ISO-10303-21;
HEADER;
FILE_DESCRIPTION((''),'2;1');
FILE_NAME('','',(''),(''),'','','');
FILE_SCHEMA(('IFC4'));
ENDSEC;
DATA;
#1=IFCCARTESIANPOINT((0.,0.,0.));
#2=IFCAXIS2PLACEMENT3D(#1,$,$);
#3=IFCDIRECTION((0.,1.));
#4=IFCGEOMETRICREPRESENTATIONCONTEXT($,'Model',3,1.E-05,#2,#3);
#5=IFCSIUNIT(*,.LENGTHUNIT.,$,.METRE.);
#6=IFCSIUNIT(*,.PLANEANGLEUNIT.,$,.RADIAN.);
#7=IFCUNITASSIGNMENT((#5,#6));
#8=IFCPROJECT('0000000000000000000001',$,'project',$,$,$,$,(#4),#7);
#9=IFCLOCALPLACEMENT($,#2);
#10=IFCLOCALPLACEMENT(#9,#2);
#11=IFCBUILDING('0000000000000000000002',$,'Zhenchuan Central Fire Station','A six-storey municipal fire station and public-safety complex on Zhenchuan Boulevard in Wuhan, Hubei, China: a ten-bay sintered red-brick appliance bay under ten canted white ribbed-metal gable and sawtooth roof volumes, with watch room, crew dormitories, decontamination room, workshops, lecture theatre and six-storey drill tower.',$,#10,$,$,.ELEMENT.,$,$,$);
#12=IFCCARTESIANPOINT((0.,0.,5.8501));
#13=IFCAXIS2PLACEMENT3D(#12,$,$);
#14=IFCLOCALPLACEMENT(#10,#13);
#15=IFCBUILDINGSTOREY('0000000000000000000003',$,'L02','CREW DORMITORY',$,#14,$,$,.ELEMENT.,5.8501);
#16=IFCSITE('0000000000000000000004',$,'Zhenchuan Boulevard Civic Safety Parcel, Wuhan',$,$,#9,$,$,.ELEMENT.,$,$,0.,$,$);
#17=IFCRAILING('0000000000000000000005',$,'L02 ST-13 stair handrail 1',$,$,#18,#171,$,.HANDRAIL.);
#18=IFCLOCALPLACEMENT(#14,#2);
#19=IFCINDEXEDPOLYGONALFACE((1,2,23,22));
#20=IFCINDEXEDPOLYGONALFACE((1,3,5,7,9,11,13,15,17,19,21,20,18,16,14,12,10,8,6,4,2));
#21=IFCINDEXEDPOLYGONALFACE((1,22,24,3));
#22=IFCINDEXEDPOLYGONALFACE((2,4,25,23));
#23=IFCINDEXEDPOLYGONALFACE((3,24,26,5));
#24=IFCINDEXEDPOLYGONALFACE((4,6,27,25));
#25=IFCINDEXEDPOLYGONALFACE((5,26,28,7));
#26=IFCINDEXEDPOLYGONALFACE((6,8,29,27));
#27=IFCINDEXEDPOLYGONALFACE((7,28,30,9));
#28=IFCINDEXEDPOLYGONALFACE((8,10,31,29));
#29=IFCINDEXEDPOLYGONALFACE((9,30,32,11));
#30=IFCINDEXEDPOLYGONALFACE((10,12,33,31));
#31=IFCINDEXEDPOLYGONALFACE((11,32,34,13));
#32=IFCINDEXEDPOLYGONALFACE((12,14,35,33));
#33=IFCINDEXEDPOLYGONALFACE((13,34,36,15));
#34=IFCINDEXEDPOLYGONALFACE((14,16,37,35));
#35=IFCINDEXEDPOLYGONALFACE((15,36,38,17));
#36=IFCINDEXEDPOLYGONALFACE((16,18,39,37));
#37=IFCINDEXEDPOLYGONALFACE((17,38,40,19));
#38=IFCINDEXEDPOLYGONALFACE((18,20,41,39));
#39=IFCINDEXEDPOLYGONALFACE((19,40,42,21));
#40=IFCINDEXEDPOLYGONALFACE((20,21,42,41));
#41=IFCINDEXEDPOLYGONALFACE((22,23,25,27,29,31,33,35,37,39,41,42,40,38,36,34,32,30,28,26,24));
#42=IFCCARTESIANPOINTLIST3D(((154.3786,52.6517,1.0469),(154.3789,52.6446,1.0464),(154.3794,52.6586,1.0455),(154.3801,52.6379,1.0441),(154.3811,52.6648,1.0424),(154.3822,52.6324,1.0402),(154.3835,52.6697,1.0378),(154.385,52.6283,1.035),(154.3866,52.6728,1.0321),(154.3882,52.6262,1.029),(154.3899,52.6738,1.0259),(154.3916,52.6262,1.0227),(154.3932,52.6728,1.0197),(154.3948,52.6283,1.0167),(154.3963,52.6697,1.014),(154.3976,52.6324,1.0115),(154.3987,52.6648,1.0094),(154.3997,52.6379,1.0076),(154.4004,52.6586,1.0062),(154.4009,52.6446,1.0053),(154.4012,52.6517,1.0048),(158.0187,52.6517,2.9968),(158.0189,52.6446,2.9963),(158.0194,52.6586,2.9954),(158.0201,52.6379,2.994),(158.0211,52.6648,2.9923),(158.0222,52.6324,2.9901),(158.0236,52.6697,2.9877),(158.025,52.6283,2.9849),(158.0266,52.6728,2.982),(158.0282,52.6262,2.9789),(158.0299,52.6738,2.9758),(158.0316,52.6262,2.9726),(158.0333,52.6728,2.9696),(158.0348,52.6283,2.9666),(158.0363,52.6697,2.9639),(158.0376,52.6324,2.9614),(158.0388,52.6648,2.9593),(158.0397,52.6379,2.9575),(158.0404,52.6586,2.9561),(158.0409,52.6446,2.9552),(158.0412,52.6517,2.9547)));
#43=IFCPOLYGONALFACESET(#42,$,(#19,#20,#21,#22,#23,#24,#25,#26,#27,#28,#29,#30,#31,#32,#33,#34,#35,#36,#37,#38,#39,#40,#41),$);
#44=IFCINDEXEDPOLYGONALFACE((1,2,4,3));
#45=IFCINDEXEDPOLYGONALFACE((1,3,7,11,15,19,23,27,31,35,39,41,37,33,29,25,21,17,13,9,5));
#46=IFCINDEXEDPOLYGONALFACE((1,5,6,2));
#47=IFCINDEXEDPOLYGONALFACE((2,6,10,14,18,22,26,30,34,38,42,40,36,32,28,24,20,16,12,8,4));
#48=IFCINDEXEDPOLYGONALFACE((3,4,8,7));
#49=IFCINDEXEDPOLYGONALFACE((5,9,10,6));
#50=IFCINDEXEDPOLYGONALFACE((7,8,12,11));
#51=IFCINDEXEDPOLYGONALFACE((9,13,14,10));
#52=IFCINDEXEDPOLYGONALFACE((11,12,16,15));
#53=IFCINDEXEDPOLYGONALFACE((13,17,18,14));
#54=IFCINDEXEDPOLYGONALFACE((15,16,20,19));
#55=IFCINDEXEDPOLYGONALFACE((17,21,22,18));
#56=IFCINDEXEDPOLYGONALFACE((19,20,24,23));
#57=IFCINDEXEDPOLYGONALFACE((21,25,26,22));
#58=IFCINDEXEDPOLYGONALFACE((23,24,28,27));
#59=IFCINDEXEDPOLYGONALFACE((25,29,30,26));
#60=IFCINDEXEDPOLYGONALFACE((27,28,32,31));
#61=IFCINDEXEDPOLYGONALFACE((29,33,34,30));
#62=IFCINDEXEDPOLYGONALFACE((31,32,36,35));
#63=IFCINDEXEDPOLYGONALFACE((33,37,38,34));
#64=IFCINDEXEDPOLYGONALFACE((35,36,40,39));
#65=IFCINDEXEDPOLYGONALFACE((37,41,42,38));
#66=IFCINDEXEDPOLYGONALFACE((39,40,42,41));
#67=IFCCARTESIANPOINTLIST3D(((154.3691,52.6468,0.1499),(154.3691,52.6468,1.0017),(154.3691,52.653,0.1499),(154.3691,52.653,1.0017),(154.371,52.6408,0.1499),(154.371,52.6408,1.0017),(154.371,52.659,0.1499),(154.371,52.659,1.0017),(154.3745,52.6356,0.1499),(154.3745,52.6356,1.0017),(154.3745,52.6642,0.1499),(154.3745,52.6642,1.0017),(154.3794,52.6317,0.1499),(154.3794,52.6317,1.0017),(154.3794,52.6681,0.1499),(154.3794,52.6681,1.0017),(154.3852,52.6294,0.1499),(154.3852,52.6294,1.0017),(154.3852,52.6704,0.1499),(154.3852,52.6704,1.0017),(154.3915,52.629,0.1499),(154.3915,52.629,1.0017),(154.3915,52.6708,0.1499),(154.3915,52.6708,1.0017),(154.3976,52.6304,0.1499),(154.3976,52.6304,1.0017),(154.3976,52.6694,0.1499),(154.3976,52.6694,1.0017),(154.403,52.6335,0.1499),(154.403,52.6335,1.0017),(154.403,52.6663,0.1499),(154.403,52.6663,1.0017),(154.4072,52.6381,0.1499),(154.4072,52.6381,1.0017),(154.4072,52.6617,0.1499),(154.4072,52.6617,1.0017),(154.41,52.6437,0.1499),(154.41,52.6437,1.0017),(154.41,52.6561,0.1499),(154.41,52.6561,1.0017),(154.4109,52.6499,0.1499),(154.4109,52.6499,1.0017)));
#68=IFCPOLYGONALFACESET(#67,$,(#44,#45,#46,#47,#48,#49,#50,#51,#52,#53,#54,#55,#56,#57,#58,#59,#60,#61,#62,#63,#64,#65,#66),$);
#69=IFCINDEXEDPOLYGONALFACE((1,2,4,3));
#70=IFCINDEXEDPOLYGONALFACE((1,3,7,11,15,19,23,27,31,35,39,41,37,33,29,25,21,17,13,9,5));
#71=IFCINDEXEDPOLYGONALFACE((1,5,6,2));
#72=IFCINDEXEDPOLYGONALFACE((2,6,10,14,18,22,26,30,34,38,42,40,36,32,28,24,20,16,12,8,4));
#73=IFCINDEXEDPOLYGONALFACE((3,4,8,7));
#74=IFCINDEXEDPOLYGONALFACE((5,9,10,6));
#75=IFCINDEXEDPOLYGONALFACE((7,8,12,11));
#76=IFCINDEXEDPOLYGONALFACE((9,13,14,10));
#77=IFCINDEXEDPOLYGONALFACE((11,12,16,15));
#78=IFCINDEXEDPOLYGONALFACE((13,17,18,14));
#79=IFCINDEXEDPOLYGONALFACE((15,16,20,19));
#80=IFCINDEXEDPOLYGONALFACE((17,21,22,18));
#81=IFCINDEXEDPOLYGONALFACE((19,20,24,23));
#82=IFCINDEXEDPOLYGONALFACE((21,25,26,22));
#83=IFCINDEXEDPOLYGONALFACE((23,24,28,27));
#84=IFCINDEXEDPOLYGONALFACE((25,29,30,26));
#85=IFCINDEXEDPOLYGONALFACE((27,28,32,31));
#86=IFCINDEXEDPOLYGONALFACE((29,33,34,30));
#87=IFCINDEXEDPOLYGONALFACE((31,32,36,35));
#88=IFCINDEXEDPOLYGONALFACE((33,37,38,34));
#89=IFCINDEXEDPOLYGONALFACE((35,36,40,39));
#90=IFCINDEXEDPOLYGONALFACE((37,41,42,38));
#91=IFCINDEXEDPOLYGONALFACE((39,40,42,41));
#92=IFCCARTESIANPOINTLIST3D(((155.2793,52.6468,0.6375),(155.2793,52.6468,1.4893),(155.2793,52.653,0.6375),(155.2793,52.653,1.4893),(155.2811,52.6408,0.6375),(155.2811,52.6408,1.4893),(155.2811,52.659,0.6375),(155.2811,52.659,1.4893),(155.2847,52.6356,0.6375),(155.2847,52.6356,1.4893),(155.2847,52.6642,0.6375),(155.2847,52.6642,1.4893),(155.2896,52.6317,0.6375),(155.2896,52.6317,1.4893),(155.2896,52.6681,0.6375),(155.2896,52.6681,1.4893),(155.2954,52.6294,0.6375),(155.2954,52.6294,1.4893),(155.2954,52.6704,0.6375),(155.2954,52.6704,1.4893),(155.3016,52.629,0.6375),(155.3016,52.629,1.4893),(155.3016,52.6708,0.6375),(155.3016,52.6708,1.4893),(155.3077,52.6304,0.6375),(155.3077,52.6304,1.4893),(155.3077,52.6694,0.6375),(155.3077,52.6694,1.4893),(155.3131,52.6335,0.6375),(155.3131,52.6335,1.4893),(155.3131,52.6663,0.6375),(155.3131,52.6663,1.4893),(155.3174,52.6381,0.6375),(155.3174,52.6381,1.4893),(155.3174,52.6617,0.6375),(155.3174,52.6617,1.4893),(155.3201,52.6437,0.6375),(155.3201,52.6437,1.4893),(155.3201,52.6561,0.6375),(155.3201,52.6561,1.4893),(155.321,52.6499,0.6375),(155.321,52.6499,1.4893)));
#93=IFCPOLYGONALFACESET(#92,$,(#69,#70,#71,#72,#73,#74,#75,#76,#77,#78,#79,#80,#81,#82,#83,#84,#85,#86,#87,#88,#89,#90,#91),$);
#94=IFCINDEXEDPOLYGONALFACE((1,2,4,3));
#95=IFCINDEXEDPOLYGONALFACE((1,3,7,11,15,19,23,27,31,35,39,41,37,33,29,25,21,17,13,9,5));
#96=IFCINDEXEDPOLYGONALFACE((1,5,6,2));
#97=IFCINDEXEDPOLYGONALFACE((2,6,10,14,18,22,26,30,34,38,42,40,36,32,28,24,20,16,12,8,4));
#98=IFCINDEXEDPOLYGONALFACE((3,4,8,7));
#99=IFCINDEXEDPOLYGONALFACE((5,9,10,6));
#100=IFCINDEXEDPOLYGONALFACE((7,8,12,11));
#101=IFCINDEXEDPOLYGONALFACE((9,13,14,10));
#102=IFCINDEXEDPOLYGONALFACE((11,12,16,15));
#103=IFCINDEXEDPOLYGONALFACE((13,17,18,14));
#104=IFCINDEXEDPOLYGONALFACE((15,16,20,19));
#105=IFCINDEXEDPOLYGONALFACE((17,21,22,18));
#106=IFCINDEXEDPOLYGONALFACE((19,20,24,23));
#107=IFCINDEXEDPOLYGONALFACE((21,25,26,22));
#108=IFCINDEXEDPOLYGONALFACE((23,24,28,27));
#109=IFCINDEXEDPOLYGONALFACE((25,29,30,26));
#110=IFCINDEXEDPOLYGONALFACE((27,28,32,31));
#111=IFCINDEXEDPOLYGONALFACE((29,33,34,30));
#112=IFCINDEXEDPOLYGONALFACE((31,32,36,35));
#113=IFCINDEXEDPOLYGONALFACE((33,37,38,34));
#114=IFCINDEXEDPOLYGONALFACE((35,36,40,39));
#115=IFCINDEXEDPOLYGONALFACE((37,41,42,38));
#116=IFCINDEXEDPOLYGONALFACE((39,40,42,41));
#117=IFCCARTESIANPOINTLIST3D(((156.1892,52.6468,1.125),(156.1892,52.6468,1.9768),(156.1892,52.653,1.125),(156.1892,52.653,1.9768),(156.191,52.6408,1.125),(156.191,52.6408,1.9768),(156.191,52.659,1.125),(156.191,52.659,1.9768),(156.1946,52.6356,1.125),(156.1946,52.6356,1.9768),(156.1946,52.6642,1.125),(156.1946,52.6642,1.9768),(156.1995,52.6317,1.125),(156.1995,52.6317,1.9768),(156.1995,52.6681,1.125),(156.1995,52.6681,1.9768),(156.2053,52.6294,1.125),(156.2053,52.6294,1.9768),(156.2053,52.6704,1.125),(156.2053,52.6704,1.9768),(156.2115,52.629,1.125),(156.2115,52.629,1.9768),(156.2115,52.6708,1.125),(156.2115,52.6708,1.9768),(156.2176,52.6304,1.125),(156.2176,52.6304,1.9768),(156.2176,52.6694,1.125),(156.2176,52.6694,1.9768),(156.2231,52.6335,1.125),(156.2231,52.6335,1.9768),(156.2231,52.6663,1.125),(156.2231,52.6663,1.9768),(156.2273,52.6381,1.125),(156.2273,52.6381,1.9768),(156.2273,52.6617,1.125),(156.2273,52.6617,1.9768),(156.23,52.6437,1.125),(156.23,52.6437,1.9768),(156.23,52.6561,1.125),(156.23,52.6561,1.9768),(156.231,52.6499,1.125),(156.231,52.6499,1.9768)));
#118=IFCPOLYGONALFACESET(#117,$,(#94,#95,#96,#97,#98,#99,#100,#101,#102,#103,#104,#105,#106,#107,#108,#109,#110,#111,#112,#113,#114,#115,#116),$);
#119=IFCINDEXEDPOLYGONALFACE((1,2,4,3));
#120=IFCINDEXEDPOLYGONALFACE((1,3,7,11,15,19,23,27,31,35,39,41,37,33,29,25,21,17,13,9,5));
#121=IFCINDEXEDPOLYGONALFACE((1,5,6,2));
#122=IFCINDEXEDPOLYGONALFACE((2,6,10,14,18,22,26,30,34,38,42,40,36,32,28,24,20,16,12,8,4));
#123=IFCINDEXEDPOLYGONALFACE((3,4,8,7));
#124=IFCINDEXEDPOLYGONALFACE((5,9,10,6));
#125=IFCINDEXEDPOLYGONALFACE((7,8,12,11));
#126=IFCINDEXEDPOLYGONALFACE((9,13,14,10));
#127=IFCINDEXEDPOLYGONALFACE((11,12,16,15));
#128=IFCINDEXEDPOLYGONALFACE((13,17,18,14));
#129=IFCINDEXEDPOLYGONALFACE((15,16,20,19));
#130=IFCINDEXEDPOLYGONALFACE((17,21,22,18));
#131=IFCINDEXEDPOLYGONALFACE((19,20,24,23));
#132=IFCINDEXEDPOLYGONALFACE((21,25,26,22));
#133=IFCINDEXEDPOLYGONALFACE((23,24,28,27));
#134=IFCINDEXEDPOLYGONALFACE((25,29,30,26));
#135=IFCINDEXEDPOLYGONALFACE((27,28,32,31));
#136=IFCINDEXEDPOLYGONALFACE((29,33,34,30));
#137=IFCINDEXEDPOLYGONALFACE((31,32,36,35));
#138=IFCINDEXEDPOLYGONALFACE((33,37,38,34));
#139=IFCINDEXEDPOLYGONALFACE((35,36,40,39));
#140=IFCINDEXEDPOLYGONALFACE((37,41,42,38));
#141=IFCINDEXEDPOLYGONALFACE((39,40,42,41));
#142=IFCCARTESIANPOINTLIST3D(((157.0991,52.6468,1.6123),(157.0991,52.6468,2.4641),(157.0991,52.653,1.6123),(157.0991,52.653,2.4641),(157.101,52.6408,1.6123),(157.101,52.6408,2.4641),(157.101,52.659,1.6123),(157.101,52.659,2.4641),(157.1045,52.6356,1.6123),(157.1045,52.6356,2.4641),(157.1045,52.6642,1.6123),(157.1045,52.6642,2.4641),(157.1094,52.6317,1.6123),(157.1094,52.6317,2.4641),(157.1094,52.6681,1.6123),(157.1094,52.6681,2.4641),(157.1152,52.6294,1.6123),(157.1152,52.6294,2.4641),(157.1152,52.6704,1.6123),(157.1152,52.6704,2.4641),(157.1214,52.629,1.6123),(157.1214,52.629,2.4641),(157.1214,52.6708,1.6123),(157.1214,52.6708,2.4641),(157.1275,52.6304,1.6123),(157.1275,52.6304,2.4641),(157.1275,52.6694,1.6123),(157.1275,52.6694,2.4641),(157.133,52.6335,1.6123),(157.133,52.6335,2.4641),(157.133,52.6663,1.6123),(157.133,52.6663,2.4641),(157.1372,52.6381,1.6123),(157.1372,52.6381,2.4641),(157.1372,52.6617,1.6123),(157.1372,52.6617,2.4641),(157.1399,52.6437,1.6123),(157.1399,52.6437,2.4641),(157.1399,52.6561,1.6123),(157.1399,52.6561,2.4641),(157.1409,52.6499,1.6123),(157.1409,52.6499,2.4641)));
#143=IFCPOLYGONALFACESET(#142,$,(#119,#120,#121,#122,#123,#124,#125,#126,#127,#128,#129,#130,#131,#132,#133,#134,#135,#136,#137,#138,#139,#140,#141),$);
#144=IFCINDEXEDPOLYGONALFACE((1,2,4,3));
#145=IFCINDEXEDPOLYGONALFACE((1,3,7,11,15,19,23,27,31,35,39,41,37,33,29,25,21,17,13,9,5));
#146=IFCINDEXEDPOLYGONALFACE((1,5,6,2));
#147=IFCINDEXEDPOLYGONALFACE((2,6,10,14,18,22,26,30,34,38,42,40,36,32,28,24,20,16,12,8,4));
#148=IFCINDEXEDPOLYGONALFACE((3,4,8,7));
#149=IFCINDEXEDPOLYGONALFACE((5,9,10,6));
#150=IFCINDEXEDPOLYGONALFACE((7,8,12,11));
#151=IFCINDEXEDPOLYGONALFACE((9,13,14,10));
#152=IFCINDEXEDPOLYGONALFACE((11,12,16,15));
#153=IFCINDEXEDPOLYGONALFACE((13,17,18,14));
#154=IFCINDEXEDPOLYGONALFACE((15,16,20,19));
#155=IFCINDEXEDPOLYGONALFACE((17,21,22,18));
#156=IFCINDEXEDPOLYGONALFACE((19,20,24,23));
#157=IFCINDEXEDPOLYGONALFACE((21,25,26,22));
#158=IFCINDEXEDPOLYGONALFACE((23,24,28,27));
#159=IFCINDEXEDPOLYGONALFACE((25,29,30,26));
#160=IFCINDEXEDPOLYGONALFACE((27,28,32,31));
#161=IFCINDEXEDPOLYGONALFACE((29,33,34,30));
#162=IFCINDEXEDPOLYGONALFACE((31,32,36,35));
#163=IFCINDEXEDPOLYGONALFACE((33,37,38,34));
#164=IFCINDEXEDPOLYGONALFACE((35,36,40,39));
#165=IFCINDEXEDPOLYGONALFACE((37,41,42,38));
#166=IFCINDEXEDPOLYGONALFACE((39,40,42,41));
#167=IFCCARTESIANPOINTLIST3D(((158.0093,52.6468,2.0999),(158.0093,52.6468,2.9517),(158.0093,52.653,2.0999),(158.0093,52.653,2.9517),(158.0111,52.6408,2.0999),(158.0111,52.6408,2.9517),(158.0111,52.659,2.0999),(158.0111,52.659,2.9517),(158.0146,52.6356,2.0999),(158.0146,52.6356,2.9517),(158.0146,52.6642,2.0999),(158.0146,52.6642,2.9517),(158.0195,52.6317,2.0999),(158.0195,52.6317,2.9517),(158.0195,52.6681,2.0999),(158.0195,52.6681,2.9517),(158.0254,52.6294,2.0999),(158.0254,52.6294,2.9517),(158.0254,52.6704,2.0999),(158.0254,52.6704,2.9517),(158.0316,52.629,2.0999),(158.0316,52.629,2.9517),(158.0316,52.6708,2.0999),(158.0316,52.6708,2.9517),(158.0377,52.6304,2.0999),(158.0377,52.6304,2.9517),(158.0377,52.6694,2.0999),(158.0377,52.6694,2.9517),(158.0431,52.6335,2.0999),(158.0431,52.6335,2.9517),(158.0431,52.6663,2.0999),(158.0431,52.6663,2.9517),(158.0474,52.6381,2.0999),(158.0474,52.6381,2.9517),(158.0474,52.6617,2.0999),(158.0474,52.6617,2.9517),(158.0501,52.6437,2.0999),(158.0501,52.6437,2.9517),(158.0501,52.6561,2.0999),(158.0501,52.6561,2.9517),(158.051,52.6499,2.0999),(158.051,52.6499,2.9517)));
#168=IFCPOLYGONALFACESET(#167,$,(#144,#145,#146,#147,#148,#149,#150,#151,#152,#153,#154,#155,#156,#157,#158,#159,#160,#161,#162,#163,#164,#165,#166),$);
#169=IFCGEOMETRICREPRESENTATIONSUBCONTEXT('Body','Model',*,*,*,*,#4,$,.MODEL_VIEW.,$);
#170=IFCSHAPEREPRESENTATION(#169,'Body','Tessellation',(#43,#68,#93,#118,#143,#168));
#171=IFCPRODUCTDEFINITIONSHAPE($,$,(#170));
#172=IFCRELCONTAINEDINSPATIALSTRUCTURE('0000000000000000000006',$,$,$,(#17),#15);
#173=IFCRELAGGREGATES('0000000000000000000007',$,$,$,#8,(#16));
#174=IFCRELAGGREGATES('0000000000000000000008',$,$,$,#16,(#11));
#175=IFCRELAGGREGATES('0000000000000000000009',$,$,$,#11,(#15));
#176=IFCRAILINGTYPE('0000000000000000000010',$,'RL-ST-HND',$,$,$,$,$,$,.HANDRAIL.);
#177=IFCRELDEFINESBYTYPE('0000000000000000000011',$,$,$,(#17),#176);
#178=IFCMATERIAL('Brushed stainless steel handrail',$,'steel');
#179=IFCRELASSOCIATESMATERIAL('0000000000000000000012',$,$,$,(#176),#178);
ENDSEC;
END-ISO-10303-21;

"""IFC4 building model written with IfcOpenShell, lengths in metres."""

from ifc_helpers import new_model, si_unit, direction, frame, origin, origin_2d, place, context, subcontext, project, spatial, circle, extrude, material, type_object, element, save


model = new_model("IFC4")

# Units and contexts
model_context = context("Model", 3, precision=1e-05, world=origin(), true_north=direction((0.0, 1.0)))
body_context = subcontext(model_context, "Body", "Model", "MODEL_VIEW")
ifc_project = project(units=[si_unit("LENGTHUNIT", "METRE"), si_unit("PLANEANGLEUNIT", "RADIAN")], contexts=[model_context])

# Site, building, storey
site_placement = place(None, origin())
site = spatial("IfcSite", under=ifc_project, at=site_placement, Name="Zhenchuan Boulevard Civic Safety Parcel, Wuhan", CompositionType="ELEMENT", RefElevation=0.0)
building_placement = place(site_placement, origin())
building = spatial("IfcBuilding", under=site, at=building_placement, Name="Zhenchuan Central Fire Station", Description="A six-storey municipal fire station and public-safety complex on Zhenchuan Boulevard in Wuhan, Hubei, China: a ten-bay sintered red-brick appliance bay under ten canted white ribbed-metal gable and sawtooth roof volumes, with watch room, crew dormitories, decontamination room, workshops, lecture theatre and six-storey drill tower.", CompositionType="ELEMENT")
storey_placement = place(building_placement, frame((0.0, 0.0, 5.8501)))
storey = spatial("IfcBuildingStorey", under=building, at=storey_placement, Name="L02", Description="CREW DORMITORY", CompositionType="ELEMENT", Elevation=5.8501)

# Railing
ifc_material_1 = material(Name="Brushed stainless steel handrail", Category="steel")
railing_type_1 = type_object("IfcRailingType", Name="RL-ST-HND", PredefinedType="HANDRAIL", material=ifc_material_1)
railing_1_placement = place(storey_placement, frame((154.3899, 52.6499, 0.1499)))
element("IfcRailing", 1, at=railing_1_placement, inside=storey, type_object=railing_type_1, Name="L02 ST-13 stair handrail 1", PredefinedType="HANDRAIL", context=body_context, shape_type="SweptSolid", body=[
    extrude(circle(Radius=0.0239, at=origin_2d()), frame((0.0, 0.0, 0.876), z_axis=(0.881492, 0.0, 0.472198), x_axis=(0.0, 1.0, 0.0)), (0.0, 0.0, 1.0), 4.1294),
    extrude(circle(Radius=0.021, at=origin_2d()), origin(), (0.0, 0.0, 1.0), 0.8518),
    extrude(circle(Radius=0.021, at=origin_2d()), frame((0.9102, 0.0, 0.4875)), (0.0, 0.0, 1.0), 0.8518),
    extrude(circle(Radius=0.021, at=origin_2d()), frame((1.8201, 0.0, 0.9751)), (0.0, 0.0, 1.0), 0.8518),
    extrude(circle(Radius=0.021, at=origin_2d()), frame((2.73, 0.0, 1.4624)), (0.0, 0.0, 1.0), 0.8518),
    extrude(circle(Radius=0.021, at=origin_2d()), frame((3.6401, 0.0, 1.95)), (0.0, 0.0, 1.0), 0.8518),
])

save(model, "model.ifc")
